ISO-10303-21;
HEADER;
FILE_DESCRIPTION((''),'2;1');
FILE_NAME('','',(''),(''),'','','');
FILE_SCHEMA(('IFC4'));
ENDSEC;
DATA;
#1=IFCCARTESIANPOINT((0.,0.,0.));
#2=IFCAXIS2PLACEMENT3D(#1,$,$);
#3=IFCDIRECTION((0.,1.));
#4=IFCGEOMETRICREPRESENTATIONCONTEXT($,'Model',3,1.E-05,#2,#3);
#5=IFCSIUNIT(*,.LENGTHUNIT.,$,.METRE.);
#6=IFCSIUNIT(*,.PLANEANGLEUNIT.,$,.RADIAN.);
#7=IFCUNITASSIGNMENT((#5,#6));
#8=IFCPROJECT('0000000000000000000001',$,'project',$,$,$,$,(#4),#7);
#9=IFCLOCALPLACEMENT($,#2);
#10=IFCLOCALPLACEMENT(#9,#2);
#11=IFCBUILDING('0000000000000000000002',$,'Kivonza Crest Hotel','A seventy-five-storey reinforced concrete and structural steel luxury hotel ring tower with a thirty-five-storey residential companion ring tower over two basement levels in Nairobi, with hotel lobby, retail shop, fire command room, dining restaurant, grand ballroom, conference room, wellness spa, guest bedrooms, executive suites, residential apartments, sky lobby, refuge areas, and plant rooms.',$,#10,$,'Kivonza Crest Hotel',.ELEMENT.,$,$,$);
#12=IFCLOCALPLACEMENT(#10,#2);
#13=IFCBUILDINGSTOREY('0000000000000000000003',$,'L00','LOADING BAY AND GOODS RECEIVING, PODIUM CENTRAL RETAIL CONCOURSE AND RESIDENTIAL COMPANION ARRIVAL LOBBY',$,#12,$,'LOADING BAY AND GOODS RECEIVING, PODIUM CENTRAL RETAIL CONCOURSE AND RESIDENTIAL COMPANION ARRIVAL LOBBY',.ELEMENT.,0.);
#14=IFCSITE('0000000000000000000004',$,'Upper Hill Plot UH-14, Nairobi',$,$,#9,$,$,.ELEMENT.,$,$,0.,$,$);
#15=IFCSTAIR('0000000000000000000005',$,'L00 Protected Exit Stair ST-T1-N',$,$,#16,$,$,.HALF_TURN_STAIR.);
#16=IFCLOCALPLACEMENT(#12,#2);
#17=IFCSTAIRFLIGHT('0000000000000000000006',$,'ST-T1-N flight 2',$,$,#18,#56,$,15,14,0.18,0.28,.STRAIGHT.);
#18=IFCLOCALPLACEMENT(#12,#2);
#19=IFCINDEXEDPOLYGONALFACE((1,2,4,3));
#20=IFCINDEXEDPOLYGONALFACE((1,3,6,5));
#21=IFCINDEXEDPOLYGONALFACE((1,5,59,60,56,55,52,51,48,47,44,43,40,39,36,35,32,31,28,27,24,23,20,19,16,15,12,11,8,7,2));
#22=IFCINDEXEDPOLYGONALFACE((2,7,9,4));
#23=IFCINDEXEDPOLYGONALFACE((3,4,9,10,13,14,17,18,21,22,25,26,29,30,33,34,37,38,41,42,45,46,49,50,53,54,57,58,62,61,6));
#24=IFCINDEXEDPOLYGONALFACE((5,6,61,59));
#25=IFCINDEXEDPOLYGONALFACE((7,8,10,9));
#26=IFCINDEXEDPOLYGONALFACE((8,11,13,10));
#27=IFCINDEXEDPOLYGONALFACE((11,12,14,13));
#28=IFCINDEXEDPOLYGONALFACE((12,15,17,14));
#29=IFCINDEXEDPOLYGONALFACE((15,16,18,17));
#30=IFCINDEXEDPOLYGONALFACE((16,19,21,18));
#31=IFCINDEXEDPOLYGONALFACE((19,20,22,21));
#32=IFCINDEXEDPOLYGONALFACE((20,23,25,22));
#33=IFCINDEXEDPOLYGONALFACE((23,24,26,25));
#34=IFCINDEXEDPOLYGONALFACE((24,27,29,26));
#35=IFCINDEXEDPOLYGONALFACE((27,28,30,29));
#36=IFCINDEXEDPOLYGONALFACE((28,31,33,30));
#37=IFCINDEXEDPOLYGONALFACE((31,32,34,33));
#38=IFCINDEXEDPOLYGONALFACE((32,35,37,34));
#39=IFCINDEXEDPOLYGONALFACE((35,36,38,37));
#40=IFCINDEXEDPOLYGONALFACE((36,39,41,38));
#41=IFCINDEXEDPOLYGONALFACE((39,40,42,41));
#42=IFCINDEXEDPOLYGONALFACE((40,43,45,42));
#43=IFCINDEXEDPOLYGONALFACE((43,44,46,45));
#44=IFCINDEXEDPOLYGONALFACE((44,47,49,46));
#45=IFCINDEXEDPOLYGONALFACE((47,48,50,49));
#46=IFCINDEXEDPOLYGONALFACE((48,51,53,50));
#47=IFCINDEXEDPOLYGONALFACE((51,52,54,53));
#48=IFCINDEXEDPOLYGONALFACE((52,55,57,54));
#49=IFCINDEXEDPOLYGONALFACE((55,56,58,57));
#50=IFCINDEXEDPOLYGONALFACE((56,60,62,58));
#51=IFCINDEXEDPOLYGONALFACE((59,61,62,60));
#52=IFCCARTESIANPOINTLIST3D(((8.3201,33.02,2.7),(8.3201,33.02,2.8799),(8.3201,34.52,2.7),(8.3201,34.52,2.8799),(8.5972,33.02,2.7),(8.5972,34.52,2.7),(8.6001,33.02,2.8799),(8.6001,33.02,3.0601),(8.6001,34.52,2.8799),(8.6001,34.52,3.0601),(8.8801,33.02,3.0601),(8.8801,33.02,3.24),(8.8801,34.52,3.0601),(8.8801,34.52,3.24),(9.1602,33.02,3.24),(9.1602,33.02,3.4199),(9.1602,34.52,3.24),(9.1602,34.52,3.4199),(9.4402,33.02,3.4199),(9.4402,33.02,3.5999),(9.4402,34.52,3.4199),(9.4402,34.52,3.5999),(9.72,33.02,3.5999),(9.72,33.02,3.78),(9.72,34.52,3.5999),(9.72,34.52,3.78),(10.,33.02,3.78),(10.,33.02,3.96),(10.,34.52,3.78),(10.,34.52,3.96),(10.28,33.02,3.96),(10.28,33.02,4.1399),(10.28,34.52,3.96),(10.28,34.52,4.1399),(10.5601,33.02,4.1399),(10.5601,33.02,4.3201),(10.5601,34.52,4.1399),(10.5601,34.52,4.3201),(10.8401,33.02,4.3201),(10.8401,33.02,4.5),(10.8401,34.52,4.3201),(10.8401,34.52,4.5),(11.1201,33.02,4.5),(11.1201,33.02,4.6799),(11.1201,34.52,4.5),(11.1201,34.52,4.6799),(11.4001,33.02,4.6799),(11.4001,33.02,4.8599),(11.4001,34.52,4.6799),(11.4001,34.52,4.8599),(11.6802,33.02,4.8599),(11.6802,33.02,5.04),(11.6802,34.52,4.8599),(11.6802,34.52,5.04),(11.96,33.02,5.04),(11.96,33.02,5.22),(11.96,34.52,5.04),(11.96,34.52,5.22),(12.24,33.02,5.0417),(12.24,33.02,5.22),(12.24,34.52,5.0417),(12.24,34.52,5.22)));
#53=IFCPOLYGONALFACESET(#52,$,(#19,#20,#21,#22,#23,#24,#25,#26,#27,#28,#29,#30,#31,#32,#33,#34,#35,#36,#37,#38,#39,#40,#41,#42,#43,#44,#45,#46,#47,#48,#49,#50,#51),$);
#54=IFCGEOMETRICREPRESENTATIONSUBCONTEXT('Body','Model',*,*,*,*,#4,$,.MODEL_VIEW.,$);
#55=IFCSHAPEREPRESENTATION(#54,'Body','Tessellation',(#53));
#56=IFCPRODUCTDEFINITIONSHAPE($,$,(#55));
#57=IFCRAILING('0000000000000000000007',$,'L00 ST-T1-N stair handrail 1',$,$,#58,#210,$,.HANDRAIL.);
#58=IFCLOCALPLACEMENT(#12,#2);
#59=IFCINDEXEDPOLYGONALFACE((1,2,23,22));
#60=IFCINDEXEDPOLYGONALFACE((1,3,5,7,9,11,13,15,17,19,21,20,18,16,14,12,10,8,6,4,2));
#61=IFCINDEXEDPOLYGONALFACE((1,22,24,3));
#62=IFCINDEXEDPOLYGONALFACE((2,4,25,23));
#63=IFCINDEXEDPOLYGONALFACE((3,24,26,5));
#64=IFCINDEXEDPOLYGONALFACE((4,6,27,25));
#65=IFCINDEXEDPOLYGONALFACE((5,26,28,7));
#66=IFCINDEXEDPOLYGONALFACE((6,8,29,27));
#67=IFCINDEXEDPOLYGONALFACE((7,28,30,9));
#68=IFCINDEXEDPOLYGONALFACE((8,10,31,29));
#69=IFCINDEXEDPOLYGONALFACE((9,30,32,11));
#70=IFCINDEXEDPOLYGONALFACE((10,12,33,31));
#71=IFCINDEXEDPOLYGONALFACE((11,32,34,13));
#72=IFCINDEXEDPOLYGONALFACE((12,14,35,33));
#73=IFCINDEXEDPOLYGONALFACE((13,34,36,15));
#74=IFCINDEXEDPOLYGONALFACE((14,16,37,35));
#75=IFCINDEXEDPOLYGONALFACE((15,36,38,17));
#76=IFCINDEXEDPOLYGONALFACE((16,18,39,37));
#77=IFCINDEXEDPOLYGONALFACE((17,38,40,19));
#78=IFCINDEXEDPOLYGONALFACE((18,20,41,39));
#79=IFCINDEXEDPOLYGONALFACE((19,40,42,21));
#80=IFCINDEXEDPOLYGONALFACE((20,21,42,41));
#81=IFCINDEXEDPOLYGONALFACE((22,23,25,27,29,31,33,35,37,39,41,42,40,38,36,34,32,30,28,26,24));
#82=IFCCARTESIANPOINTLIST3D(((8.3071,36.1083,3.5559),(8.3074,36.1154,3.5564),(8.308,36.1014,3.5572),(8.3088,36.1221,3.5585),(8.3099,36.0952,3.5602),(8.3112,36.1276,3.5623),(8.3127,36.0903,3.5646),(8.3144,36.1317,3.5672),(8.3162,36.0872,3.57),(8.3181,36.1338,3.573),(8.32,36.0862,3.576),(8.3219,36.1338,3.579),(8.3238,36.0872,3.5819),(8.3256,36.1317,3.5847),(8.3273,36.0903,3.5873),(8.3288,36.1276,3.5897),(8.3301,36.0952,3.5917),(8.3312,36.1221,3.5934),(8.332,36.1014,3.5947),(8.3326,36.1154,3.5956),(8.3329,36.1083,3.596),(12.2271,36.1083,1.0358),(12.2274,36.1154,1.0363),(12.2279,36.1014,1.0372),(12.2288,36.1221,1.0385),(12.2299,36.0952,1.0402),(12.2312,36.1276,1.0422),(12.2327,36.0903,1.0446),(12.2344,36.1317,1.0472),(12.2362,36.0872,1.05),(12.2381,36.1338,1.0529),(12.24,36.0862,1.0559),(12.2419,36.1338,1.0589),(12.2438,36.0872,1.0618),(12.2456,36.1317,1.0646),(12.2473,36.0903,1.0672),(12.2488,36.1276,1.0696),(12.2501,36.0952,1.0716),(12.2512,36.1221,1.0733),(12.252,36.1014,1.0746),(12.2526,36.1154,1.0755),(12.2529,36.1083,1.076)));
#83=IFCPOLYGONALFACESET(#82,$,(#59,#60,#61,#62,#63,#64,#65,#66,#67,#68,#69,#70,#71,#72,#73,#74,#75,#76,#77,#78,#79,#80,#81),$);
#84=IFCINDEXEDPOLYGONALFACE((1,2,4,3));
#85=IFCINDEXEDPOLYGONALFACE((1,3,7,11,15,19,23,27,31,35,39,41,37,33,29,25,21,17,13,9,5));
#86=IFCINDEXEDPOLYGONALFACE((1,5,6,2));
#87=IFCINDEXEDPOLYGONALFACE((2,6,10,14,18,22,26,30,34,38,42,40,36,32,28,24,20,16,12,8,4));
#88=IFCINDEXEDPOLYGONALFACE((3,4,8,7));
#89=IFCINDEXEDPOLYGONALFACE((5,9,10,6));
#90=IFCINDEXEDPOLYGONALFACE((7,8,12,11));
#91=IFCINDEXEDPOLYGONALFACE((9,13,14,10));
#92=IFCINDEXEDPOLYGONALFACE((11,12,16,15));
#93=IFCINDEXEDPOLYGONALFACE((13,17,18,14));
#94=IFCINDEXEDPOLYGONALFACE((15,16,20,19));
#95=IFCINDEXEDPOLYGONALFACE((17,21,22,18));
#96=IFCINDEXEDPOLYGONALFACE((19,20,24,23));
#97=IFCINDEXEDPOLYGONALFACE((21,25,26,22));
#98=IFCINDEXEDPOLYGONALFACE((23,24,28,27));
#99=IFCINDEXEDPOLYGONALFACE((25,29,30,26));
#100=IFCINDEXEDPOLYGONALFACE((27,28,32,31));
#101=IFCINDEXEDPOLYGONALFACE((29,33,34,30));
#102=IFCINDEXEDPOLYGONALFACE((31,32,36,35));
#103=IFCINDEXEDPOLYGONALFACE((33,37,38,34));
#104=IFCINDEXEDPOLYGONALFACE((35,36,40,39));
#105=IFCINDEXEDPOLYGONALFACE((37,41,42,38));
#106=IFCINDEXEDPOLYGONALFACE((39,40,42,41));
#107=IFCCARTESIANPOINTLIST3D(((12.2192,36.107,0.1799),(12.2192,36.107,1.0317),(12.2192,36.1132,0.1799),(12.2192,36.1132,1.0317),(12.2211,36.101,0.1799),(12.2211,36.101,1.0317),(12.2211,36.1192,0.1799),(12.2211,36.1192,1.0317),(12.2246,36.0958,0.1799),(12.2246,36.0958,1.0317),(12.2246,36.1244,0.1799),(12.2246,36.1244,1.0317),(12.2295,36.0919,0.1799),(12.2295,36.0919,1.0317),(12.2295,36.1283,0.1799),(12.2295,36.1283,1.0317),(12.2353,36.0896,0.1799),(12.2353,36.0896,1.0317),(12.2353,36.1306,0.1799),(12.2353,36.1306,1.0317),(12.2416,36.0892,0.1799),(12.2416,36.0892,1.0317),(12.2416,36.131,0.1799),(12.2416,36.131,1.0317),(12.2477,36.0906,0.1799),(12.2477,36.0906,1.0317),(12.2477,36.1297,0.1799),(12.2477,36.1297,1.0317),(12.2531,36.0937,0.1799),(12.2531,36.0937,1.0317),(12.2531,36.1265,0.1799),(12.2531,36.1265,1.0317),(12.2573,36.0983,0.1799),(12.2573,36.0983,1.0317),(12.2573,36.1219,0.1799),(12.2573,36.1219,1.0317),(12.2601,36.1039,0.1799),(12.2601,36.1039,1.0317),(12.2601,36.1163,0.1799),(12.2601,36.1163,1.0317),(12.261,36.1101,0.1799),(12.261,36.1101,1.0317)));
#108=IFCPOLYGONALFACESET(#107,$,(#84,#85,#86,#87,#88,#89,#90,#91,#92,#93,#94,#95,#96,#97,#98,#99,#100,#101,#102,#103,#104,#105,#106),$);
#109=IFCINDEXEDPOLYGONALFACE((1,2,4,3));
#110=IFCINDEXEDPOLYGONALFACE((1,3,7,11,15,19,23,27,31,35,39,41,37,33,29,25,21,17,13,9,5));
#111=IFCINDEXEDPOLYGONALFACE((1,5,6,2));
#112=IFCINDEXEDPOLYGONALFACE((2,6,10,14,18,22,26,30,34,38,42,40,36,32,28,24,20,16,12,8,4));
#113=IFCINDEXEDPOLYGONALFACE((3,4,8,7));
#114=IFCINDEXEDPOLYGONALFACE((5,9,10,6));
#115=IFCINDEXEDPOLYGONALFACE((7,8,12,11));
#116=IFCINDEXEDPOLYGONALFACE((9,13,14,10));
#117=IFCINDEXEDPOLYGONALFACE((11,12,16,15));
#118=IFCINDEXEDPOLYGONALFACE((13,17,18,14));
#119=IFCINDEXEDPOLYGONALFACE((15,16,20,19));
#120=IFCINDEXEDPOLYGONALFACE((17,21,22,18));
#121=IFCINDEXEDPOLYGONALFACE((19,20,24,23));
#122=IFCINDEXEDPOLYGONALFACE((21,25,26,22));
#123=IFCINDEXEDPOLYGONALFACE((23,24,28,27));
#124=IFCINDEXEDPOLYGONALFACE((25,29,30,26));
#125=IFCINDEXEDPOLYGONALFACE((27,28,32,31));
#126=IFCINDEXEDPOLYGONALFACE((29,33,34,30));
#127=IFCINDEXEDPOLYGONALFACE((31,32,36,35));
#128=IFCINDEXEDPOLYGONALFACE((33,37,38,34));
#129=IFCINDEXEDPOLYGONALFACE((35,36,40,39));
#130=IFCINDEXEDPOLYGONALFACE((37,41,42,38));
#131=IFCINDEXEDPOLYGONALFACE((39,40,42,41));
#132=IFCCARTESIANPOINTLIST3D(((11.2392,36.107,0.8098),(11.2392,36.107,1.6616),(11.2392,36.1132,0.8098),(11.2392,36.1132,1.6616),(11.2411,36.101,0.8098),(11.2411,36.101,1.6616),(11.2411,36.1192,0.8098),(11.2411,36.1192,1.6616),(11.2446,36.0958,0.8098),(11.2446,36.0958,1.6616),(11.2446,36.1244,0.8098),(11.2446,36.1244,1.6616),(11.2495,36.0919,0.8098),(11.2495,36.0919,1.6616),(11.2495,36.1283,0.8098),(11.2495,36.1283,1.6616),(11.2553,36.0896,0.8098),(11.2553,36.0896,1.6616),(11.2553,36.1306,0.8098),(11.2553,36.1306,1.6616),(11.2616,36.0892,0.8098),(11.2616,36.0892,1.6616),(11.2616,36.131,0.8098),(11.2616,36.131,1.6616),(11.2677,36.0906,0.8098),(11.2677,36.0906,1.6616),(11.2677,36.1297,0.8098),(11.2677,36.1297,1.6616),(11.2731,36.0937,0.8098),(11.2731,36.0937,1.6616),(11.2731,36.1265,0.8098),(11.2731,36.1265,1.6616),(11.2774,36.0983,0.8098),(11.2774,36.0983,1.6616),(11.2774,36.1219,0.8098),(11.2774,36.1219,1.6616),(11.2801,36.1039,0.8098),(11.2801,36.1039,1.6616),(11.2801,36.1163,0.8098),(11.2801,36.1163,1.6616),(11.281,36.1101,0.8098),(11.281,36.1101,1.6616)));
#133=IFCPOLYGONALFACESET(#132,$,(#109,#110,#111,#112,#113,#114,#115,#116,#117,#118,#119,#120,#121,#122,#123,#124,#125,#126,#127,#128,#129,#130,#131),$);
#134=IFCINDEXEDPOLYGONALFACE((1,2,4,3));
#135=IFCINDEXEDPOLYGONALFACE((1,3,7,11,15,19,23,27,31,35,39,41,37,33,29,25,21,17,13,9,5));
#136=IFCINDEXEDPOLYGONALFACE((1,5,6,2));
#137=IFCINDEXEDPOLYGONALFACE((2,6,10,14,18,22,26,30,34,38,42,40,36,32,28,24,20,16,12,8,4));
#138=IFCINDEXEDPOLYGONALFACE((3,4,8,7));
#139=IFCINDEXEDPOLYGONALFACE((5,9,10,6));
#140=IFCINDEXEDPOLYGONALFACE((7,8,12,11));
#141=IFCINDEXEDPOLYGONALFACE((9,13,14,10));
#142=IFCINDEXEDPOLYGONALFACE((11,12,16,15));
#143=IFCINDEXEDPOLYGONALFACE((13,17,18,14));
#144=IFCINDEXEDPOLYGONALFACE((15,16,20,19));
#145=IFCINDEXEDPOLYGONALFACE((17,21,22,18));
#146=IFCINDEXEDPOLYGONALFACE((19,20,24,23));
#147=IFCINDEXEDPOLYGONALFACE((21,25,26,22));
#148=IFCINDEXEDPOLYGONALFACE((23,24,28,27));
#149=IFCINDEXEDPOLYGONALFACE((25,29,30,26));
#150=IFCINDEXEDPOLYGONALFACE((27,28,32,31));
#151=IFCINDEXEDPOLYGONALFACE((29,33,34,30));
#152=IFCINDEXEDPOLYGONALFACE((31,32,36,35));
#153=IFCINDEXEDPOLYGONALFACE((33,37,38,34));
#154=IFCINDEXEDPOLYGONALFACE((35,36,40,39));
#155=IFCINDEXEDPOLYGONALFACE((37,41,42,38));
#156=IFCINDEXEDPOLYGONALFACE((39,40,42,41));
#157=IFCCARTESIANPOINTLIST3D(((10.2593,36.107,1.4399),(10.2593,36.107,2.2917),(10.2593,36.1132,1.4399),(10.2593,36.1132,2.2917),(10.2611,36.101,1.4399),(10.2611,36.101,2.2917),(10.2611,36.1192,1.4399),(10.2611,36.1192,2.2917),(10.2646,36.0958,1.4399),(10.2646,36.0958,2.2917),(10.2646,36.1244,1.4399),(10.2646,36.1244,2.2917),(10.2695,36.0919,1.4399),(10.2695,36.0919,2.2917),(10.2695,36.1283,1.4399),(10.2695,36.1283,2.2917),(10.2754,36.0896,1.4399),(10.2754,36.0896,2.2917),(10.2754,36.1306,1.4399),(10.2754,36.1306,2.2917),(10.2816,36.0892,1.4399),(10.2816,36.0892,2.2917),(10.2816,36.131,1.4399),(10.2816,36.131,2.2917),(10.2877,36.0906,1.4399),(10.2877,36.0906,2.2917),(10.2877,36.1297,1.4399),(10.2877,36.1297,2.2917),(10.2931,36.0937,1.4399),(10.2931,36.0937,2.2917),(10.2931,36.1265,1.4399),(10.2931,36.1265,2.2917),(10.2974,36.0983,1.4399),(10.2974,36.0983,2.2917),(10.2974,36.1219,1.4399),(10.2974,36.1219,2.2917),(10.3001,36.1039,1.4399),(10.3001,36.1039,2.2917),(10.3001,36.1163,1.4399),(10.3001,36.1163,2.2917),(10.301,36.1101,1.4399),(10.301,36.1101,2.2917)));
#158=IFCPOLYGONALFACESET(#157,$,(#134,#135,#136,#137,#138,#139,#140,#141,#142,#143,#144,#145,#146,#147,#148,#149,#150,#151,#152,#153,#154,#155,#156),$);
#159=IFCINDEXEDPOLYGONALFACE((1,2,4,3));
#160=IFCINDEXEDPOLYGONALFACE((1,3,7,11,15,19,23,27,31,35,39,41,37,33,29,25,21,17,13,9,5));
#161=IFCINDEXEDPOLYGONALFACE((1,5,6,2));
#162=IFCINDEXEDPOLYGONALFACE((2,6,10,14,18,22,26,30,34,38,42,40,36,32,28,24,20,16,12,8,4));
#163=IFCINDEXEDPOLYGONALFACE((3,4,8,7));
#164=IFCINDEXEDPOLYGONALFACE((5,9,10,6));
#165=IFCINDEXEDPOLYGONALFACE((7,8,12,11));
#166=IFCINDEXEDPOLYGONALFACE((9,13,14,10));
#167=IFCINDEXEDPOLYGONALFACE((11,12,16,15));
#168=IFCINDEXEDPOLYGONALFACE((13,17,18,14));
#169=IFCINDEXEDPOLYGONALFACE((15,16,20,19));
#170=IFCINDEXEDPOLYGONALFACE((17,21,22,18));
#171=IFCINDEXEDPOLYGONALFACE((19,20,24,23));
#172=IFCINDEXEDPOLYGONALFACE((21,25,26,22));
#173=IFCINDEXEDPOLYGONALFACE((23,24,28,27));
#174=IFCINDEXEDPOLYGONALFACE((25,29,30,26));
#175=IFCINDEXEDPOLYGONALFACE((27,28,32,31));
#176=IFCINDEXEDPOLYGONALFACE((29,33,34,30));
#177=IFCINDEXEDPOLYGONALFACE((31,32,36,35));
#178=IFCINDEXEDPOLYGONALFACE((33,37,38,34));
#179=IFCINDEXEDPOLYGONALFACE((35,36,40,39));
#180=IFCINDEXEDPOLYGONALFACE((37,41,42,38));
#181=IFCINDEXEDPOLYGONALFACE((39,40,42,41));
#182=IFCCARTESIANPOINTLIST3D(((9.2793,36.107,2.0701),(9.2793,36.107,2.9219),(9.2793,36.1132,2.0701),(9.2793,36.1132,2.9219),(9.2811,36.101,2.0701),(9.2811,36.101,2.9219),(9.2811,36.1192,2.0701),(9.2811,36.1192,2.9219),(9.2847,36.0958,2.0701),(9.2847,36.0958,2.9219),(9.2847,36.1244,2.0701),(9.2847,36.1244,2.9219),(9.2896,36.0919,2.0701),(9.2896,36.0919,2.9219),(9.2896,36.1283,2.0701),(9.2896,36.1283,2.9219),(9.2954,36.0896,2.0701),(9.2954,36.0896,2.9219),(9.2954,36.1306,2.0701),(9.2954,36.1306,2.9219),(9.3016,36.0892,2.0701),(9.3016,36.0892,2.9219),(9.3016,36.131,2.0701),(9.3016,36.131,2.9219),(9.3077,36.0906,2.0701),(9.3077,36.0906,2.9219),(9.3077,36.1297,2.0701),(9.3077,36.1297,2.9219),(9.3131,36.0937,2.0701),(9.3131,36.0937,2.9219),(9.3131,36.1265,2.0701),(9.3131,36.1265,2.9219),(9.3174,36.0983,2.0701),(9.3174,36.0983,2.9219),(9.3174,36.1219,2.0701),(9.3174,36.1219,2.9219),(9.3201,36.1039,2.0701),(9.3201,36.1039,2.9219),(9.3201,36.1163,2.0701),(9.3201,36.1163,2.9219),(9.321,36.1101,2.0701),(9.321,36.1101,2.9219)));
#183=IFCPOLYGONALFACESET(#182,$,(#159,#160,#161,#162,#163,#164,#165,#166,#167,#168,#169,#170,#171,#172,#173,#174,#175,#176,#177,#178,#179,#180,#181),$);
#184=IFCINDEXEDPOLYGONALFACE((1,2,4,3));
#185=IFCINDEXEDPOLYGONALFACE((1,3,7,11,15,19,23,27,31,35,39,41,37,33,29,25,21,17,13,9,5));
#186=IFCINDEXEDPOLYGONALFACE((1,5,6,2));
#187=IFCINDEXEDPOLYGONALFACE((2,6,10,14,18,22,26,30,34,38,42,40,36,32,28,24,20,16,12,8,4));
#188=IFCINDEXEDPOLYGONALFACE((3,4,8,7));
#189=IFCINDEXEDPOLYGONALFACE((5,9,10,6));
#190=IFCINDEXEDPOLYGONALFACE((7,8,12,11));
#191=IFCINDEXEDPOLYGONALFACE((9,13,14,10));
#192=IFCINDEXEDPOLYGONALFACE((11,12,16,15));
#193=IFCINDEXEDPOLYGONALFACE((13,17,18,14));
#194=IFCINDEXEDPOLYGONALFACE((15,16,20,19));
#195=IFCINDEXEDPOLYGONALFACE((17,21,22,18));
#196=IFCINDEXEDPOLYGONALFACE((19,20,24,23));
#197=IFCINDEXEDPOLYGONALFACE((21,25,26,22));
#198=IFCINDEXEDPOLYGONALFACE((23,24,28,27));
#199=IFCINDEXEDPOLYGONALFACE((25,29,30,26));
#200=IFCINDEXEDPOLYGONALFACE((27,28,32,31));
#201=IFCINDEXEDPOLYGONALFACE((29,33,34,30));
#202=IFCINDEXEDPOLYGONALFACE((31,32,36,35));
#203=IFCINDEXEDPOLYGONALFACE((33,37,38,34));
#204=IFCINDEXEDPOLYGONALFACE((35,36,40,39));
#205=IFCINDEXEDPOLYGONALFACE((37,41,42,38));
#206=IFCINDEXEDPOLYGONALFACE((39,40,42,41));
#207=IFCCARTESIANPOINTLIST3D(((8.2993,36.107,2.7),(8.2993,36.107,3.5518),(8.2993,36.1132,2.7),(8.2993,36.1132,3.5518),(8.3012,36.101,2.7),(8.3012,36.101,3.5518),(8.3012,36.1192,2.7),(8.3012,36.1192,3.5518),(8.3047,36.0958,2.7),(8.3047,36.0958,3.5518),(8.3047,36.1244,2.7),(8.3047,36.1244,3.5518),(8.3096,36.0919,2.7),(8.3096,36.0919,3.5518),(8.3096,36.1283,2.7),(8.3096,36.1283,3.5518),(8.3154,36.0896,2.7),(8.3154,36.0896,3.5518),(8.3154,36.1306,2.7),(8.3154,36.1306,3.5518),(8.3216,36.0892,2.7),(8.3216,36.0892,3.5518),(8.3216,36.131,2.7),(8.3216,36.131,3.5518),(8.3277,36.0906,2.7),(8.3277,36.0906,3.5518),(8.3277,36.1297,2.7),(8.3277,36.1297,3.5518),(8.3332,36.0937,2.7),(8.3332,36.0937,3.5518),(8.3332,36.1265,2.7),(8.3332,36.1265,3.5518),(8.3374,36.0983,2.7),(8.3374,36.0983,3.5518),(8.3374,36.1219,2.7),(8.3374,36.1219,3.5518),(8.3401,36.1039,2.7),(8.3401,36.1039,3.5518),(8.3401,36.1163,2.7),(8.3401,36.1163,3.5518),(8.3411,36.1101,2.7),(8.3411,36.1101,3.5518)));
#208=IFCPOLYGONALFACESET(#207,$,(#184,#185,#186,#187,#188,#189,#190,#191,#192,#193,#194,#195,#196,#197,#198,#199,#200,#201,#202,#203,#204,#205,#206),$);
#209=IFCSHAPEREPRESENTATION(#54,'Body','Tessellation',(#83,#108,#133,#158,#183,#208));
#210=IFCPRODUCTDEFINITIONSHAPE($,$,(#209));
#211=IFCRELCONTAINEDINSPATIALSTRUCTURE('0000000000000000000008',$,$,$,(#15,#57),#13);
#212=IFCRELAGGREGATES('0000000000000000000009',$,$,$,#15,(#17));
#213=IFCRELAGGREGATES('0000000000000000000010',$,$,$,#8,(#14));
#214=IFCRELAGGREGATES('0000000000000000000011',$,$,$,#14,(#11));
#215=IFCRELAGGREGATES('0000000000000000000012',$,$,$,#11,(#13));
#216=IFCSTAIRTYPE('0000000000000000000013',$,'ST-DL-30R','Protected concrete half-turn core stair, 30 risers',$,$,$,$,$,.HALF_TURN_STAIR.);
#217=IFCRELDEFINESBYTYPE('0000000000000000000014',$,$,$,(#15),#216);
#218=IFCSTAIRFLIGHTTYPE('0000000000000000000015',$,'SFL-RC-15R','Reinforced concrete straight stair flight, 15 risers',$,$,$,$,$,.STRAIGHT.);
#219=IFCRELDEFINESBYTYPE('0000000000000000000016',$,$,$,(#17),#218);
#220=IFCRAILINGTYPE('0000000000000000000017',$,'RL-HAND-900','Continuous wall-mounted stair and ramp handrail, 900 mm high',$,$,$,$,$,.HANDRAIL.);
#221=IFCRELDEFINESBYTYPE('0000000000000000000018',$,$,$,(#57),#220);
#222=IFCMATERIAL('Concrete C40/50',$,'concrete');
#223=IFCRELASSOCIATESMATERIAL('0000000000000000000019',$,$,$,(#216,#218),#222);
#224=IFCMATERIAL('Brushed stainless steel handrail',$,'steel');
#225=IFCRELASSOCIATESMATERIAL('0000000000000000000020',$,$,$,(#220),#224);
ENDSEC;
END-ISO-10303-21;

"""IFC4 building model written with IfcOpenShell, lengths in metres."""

from ifc_helpers import new_model, si_unit, direction, frame, origin, origin_2d, place, context, subcontext, project, spatial, polyline, circle, outline, extrude, material, type_object, element, aggregate, save


model = new_model("IFC4")

# Units and contexts
model_context = context("Model", 3, precision=1e-05, world=origin(), true_north=direction((0.0, 1.0)))
body_context = subcontext(model_context, "Body", "Model", "MODEL_VIEW")
ifc_project = project(units=[si_unit("LENGTHUNIT", "METRE"), si_unit("PLANEANGLEUNIT", "RADIAN")], contexts=[model_context])

# Site, building, storey
site_placement = place(None, origin())
site = spatial("IfcSite", under=ifc_project, at=site_placement, Name="Upper Hill Plot UH-14, Nairobi", CompositionType="ELEMENT", RefElevation=0.0)
building_placement = place(site_placement, origin())
building = spatial("IfcBuilding", under=site, at=building_placement, Name="Kivonza Crest Hotel", Description="A seventy-five-storey reinforced concrete and structural steel luxury hotel ring tower with a thirty-five-storey residential companion ring tower over two basement levels in Nairobi, with hotel lobby, retail shop, fire command room, dining restaurant, grand ballroom, conference room, wellness spa, guest bedrooms, executive suites, residential apartments, sky lobby, refuge areas, and plant rooms.", LongName="Kivonza Crest Hotel", CompositionType="ELEMENT")
storey_placement = place(building_placement, origin())
storey = spatial("IfcBuildingStorey", under=building, at=storey_placement, Name="L00", Description="LOADING BAY AND GOODS RECEIVING, PODIUM CENTRAL RETAIL CONCOURSE AND RESIDENTIAL COMPANION ARRIVAL LOBBY", LongName="LOADING BAY AND GOODS RECEIVING, PODIUM CENTRAL RETAIL CONCOURSE AND RESIDENTIAL COMPANION ARRIVAL LOBBY", CompositionType="ELEMENT", Elevation=0.0)

# Stair, stair flight
ifc_material_1 = material(Name="Concrete C40/50", Category="concrete")
stair_type = type_object("IfcStairType", Name="ST-DL-30R", Description="Protected concrete half-turn core stair, 30 risers", PredefinedType="HALF_TURN_STAIR", material=ifc_material_1)
stair_placement = place(storey_placement, origin())
stair = element("IfcStair", 1, at=stair_placement, inside=storey, type_object=stair_type, Name="L00 Protected Exit Stair ST-T1-N", PredefinedType="HALF_TURN_STAIR")
stair_flight_type = type_object("IfcStairFlightType", Name="SFL-RC-15R", Description="Reinforced concrete straight stair flight, 15 risers", PredefinedType="STRAIGHT", material=ifc_material_1)
stair_flight_1_placement = place(storey_placement, frame((8.3201, 33.77, 2.7), z_axis=(0.0, 0.0, 1.0), x_axis=(1.0, 0.0, 0.0)))
stair_flight_1 = element("IfcStairFlight", 2, at=stair_flight_1_placement, type_object=stair_flight_type, Name="ST-T1-N flight 2", NumberOfRisers=15, NumberOfTreads=14, PredefinedType="STRAIGHT", RiserHeight=0.18, TreadLength=0.28, context=body_context, shape_type="SweptSolid", body=[
    extrude(outline(polyline([(0.0, 0.0), (0.0, 0.1799), (0.28, 0.1799), (0.28, 0.3601), (0.5601, 0.3601), (0.5601, 0.54), (0.8401, 0.54), (0.8401, 0.72), (1.1201, 0.72), (1.1201, 0.8999), (1.3999, 0.8999), (1.3999, 1.0801), (1.6799, 1.0801), (1.6799, 1.26), (1.96, 1.26), (1.96, 1.4399), (2.24, 1.4399), (2.24, 1.6201), (2.52, 1.6201), (2.52, 1.8), (2.8, 1.8), (2.8, 1.98), (3.0801, 1.98), (3.0801, 2.1599), (3.3601, 2.1599), (3.3601, 2.3401), (3.6399, 2.3401), (3.6399, 2.52), (3.9199, 2.52), (3.9199, 2.7), (3.9199, 2.3418), (0.2771, 0.0), (0.0, 0.0)])), frame((0.0, 0.75, 0.0), z_axis=(0.0, -1.0, 0.0), x_axis=(1.0, 0.0, 0.0)), (0.0, 0.0, 1.0), 1.5),
])
aggregate(stair, [stair_flight_1])

# Railing
ifc_material_2 = material(Name="Brushed stainless steel handrail", Category="steel")
railing_type_1 = type_object("IfcRailingType", Name="RL-HAND-900", Description="Continuous wall-mounted stair and ramp handrail, 900 mm high", PredefinedType="HANDRAIL", material=ifc_material_2)
railing_1_placement = place(storey_placement, frame((12.24, 36.1101, 0.1799)))
element("IfcRailing", 3, at=railing_1_placement, inside=storey, type_object=railing_type_1, Name="L00 ST-T1-N stair handrail 1", PredefinedType="HANDRAIL", context=body_context, shape_type="SweptSolid", body=[
    extrude(circle(Radius=0.0239, at=origin_2d()), frame((0.0, 0.0, 0.876), z_axis=(-0.841172, 0.0, 0.540768), x_axis=(0.0, -1.0, 0.0)), (0.0, 0.0, 1.0), 4.6602),
    extrude(circle(Radius=0.021, at=origin_2d()), origin(), (0.0, 0.0, 1.0), 0.8518),
    extrude(circle(Radius=0.021, at=origin_2d()), frame((-0.98, 0.0, 0.6299)), (0.0, 0.0, 1.0), 0.8518),
    extrude(circle(Radius=0.021, at=origin_2d()), frame((-1.96, 0.0, 1.26)), (0.0, 0.0, 1.0), 0.8518),
    extrude(circle(Radius=0.021, at=origin_2d()), frame((-2.9399, 0.0, 1.8901)), (0.0, 0.0, 1.0), 0.8518),
    extrude(circle(Radius=0.021, at=origin_2d()), frame((-3.9199, 0.0, 2.52)), (0.0, 0.0, 1.0), 0.8518),
])

save(model, "model.ifc")
